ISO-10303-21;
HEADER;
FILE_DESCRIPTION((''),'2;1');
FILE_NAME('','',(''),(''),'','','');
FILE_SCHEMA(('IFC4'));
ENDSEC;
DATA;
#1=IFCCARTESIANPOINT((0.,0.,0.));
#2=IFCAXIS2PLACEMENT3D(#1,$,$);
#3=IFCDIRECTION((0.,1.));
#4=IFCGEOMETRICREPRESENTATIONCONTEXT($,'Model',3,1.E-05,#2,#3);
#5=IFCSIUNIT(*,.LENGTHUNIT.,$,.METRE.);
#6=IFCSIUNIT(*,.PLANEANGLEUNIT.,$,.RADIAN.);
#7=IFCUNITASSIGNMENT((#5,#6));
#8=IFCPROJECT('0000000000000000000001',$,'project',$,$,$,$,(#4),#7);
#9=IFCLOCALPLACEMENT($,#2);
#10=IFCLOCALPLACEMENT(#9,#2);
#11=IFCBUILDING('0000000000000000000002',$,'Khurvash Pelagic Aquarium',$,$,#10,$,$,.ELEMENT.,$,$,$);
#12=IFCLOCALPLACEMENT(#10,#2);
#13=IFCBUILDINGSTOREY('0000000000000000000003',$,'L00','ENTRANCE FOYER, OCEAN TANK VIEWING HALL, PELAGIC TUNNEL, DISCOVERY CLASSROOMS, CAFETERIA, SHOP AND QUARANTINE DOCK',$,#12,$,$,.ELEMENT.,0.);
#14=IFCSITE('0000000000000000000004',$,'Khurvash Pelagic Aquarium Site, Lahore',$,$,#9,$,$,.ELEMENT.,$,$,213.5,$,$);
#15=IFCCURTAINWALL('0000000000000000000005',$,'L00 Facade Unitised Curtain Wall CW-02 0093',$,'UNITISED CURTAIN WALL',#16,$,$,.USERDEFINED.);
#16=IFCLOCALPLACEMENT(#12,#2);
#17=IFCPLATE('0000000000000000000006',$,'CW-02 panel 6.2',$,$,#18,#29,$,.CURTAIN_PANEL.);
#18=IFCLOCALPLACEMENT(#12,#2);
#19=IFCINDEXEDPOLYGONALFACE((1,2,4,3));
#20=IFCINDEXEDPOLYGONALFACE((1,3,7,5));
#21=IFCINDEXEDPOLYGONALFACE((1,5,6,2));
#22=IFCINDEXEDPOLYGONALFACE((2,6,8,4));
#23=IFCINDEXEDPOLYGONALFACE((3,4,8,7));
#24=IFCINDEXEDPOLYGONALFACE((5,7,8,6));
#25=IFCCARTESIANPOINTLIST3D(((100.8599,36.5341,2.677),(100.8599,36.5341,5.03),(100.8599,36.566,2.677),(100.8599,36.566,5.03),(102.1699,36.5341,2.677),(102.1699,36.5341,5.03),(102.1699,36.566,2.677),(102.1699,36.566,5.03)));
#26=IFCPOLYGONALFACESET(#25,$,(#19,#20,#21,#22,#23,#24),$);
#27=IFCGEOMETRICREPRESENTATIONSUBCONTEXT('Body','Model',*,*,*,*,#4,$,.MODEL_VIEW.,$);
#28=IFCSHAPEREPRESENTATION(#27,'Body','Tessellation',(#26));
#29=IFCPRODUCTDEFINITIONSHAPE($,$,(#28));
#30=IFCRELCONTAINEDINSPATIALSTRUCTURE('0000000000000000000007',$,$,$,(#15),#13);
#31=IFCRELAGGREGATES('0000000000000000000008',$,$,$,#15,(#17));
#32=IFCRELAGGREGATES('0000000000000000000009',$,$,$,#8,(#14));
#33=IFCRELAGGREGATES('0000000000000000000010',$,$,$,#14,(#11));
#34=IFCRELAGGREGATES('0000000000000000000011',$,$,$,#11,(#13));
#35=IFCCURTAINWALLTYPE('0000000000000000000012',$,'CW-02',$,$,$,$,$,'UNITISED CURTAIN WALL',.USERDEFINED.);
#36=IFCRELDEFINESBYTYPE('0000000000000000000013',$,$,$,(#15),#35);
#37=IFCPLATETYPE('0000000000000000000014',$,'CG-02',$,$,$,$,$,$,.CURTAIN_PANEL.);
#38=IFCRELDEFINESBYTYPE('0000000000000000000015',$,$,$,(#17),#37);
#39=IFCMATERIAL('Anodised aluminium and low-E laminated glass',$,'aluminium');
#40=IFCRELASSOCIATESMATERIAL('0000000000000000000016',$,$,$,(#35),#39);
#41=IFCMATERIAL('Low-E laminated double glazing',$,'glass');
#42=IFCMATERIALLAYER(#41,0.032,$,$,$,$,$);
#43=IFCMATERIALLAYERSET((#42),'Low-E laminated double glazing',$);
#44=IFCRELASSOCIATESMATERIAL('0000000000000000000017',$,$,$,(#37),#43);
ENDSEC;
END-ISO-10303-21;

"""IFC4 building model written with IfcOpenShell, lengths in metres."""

from ifc_helpers import new_model, si_unit, direction, frame, origin, origin_2d, place, context, subcontext, project, spatial, rectangle, extrude, material, layer, layer_set, type_object, element, aggregate, save


model = new_model("IFC4")

# Units and contexts
model_context = context("Model", 3, precision=1e-05, world=origin(), true_north=direction((0.0, 1.0)))
body_context = subcontext(model_context, "Body", "Model", "MODEL_VIEW")
ifc_project = project(units=[si_unit("LENGTHUNIT", "METRE"), si_unit("PLANEANGLEUNIT", "RADIAN")], contexts=[model_context])

# Site, building, storey
site_placement = place(None, origin())
site = spatial("IfcSite", under=ifc_project, at=site_placement, Name="Khurvash Pelagic Aquarium Site, Lahore", CompositionType="ELEMENT", RefElevation=213.5)
building_placement = place(site_placement, origin())
building = spatial("IfcBuilding", under=site, at=building_placement, Name="Khurvash Pelagic Aquarium", CompositionType="ELEMENT")
storey_placement = place(building_placement, origin())
storey = spatial("IfcBuildingStorey", under=building, at=storey_placement, Name="L00", Description="ENTRANCE FOYER, OCEAN TANK VIEWING HALL, PELAGIC TUNNEL, DISCOVERY CLASSROOMS, CAFETERIA, SHOP AND QUARANTINE DOCK", CompositionType="ELEMENT", Elevation=0.0)

# Curtain wall, plate
ifc_material_1 = material(Name="Anodised aluminium and low-E laminated glass", Category="aluminium")
curtain_wall_type = type_object("IfcCurtainWallType", Name="CW-02", ElementType="UNITISED CURTAIN WALL", PredefinedType="USERDEFINED", material=ifc_material_1)
curtain_wall_placement = place(storey_placement, origin())
curtain_wall = element("IfcCurtainWall", 1, at=curtain_wall_placement, inside=storey, type_object=curtain_wall_type, Name="L00 Facade Unitised Curtain Wall CW-02 0093", ObjectType="UNITISED CURTAIN WALL", PredefinedType="USERDEFINED")
ifc_material_2 = material(Name="Low-E laminated double glazing", Category="glass")
ifc_layer = layer(ifc_material_2, 0.032)
ifc_layer_set = layer_set([ifc_layer], Name="Low-E laminated double glazing")
plate_type = type_object("IfcPlateType", Name="CG-02", PredefinedType="CURTAIN_PANEL", material=ifc_layer_set)
plate_1_placement = place(storey_placement, frame((101.5149, 36.55, 2.677), z_axis=(0.0, 0.0, 1.0), x_axis=(-1.0, 0.0, 0.0)))
plate_1 = element("IfcPlate", 2, at=plate_1_placement, type_object=plate_type, Name="CW-02 panel 6.2", PredefinedType="CURTAIN_PANEL", context=body_context, shape_type="SweptSolid", body=[
    extrude(rectangle(XDim=1.3101, YDim=0.032, at=origin_2d()), origin(), (0.0, 0.0, 1.0), 2.353),
])
aggregate(curtain_wall, [plate_1])

save(model, "model.ifc")
